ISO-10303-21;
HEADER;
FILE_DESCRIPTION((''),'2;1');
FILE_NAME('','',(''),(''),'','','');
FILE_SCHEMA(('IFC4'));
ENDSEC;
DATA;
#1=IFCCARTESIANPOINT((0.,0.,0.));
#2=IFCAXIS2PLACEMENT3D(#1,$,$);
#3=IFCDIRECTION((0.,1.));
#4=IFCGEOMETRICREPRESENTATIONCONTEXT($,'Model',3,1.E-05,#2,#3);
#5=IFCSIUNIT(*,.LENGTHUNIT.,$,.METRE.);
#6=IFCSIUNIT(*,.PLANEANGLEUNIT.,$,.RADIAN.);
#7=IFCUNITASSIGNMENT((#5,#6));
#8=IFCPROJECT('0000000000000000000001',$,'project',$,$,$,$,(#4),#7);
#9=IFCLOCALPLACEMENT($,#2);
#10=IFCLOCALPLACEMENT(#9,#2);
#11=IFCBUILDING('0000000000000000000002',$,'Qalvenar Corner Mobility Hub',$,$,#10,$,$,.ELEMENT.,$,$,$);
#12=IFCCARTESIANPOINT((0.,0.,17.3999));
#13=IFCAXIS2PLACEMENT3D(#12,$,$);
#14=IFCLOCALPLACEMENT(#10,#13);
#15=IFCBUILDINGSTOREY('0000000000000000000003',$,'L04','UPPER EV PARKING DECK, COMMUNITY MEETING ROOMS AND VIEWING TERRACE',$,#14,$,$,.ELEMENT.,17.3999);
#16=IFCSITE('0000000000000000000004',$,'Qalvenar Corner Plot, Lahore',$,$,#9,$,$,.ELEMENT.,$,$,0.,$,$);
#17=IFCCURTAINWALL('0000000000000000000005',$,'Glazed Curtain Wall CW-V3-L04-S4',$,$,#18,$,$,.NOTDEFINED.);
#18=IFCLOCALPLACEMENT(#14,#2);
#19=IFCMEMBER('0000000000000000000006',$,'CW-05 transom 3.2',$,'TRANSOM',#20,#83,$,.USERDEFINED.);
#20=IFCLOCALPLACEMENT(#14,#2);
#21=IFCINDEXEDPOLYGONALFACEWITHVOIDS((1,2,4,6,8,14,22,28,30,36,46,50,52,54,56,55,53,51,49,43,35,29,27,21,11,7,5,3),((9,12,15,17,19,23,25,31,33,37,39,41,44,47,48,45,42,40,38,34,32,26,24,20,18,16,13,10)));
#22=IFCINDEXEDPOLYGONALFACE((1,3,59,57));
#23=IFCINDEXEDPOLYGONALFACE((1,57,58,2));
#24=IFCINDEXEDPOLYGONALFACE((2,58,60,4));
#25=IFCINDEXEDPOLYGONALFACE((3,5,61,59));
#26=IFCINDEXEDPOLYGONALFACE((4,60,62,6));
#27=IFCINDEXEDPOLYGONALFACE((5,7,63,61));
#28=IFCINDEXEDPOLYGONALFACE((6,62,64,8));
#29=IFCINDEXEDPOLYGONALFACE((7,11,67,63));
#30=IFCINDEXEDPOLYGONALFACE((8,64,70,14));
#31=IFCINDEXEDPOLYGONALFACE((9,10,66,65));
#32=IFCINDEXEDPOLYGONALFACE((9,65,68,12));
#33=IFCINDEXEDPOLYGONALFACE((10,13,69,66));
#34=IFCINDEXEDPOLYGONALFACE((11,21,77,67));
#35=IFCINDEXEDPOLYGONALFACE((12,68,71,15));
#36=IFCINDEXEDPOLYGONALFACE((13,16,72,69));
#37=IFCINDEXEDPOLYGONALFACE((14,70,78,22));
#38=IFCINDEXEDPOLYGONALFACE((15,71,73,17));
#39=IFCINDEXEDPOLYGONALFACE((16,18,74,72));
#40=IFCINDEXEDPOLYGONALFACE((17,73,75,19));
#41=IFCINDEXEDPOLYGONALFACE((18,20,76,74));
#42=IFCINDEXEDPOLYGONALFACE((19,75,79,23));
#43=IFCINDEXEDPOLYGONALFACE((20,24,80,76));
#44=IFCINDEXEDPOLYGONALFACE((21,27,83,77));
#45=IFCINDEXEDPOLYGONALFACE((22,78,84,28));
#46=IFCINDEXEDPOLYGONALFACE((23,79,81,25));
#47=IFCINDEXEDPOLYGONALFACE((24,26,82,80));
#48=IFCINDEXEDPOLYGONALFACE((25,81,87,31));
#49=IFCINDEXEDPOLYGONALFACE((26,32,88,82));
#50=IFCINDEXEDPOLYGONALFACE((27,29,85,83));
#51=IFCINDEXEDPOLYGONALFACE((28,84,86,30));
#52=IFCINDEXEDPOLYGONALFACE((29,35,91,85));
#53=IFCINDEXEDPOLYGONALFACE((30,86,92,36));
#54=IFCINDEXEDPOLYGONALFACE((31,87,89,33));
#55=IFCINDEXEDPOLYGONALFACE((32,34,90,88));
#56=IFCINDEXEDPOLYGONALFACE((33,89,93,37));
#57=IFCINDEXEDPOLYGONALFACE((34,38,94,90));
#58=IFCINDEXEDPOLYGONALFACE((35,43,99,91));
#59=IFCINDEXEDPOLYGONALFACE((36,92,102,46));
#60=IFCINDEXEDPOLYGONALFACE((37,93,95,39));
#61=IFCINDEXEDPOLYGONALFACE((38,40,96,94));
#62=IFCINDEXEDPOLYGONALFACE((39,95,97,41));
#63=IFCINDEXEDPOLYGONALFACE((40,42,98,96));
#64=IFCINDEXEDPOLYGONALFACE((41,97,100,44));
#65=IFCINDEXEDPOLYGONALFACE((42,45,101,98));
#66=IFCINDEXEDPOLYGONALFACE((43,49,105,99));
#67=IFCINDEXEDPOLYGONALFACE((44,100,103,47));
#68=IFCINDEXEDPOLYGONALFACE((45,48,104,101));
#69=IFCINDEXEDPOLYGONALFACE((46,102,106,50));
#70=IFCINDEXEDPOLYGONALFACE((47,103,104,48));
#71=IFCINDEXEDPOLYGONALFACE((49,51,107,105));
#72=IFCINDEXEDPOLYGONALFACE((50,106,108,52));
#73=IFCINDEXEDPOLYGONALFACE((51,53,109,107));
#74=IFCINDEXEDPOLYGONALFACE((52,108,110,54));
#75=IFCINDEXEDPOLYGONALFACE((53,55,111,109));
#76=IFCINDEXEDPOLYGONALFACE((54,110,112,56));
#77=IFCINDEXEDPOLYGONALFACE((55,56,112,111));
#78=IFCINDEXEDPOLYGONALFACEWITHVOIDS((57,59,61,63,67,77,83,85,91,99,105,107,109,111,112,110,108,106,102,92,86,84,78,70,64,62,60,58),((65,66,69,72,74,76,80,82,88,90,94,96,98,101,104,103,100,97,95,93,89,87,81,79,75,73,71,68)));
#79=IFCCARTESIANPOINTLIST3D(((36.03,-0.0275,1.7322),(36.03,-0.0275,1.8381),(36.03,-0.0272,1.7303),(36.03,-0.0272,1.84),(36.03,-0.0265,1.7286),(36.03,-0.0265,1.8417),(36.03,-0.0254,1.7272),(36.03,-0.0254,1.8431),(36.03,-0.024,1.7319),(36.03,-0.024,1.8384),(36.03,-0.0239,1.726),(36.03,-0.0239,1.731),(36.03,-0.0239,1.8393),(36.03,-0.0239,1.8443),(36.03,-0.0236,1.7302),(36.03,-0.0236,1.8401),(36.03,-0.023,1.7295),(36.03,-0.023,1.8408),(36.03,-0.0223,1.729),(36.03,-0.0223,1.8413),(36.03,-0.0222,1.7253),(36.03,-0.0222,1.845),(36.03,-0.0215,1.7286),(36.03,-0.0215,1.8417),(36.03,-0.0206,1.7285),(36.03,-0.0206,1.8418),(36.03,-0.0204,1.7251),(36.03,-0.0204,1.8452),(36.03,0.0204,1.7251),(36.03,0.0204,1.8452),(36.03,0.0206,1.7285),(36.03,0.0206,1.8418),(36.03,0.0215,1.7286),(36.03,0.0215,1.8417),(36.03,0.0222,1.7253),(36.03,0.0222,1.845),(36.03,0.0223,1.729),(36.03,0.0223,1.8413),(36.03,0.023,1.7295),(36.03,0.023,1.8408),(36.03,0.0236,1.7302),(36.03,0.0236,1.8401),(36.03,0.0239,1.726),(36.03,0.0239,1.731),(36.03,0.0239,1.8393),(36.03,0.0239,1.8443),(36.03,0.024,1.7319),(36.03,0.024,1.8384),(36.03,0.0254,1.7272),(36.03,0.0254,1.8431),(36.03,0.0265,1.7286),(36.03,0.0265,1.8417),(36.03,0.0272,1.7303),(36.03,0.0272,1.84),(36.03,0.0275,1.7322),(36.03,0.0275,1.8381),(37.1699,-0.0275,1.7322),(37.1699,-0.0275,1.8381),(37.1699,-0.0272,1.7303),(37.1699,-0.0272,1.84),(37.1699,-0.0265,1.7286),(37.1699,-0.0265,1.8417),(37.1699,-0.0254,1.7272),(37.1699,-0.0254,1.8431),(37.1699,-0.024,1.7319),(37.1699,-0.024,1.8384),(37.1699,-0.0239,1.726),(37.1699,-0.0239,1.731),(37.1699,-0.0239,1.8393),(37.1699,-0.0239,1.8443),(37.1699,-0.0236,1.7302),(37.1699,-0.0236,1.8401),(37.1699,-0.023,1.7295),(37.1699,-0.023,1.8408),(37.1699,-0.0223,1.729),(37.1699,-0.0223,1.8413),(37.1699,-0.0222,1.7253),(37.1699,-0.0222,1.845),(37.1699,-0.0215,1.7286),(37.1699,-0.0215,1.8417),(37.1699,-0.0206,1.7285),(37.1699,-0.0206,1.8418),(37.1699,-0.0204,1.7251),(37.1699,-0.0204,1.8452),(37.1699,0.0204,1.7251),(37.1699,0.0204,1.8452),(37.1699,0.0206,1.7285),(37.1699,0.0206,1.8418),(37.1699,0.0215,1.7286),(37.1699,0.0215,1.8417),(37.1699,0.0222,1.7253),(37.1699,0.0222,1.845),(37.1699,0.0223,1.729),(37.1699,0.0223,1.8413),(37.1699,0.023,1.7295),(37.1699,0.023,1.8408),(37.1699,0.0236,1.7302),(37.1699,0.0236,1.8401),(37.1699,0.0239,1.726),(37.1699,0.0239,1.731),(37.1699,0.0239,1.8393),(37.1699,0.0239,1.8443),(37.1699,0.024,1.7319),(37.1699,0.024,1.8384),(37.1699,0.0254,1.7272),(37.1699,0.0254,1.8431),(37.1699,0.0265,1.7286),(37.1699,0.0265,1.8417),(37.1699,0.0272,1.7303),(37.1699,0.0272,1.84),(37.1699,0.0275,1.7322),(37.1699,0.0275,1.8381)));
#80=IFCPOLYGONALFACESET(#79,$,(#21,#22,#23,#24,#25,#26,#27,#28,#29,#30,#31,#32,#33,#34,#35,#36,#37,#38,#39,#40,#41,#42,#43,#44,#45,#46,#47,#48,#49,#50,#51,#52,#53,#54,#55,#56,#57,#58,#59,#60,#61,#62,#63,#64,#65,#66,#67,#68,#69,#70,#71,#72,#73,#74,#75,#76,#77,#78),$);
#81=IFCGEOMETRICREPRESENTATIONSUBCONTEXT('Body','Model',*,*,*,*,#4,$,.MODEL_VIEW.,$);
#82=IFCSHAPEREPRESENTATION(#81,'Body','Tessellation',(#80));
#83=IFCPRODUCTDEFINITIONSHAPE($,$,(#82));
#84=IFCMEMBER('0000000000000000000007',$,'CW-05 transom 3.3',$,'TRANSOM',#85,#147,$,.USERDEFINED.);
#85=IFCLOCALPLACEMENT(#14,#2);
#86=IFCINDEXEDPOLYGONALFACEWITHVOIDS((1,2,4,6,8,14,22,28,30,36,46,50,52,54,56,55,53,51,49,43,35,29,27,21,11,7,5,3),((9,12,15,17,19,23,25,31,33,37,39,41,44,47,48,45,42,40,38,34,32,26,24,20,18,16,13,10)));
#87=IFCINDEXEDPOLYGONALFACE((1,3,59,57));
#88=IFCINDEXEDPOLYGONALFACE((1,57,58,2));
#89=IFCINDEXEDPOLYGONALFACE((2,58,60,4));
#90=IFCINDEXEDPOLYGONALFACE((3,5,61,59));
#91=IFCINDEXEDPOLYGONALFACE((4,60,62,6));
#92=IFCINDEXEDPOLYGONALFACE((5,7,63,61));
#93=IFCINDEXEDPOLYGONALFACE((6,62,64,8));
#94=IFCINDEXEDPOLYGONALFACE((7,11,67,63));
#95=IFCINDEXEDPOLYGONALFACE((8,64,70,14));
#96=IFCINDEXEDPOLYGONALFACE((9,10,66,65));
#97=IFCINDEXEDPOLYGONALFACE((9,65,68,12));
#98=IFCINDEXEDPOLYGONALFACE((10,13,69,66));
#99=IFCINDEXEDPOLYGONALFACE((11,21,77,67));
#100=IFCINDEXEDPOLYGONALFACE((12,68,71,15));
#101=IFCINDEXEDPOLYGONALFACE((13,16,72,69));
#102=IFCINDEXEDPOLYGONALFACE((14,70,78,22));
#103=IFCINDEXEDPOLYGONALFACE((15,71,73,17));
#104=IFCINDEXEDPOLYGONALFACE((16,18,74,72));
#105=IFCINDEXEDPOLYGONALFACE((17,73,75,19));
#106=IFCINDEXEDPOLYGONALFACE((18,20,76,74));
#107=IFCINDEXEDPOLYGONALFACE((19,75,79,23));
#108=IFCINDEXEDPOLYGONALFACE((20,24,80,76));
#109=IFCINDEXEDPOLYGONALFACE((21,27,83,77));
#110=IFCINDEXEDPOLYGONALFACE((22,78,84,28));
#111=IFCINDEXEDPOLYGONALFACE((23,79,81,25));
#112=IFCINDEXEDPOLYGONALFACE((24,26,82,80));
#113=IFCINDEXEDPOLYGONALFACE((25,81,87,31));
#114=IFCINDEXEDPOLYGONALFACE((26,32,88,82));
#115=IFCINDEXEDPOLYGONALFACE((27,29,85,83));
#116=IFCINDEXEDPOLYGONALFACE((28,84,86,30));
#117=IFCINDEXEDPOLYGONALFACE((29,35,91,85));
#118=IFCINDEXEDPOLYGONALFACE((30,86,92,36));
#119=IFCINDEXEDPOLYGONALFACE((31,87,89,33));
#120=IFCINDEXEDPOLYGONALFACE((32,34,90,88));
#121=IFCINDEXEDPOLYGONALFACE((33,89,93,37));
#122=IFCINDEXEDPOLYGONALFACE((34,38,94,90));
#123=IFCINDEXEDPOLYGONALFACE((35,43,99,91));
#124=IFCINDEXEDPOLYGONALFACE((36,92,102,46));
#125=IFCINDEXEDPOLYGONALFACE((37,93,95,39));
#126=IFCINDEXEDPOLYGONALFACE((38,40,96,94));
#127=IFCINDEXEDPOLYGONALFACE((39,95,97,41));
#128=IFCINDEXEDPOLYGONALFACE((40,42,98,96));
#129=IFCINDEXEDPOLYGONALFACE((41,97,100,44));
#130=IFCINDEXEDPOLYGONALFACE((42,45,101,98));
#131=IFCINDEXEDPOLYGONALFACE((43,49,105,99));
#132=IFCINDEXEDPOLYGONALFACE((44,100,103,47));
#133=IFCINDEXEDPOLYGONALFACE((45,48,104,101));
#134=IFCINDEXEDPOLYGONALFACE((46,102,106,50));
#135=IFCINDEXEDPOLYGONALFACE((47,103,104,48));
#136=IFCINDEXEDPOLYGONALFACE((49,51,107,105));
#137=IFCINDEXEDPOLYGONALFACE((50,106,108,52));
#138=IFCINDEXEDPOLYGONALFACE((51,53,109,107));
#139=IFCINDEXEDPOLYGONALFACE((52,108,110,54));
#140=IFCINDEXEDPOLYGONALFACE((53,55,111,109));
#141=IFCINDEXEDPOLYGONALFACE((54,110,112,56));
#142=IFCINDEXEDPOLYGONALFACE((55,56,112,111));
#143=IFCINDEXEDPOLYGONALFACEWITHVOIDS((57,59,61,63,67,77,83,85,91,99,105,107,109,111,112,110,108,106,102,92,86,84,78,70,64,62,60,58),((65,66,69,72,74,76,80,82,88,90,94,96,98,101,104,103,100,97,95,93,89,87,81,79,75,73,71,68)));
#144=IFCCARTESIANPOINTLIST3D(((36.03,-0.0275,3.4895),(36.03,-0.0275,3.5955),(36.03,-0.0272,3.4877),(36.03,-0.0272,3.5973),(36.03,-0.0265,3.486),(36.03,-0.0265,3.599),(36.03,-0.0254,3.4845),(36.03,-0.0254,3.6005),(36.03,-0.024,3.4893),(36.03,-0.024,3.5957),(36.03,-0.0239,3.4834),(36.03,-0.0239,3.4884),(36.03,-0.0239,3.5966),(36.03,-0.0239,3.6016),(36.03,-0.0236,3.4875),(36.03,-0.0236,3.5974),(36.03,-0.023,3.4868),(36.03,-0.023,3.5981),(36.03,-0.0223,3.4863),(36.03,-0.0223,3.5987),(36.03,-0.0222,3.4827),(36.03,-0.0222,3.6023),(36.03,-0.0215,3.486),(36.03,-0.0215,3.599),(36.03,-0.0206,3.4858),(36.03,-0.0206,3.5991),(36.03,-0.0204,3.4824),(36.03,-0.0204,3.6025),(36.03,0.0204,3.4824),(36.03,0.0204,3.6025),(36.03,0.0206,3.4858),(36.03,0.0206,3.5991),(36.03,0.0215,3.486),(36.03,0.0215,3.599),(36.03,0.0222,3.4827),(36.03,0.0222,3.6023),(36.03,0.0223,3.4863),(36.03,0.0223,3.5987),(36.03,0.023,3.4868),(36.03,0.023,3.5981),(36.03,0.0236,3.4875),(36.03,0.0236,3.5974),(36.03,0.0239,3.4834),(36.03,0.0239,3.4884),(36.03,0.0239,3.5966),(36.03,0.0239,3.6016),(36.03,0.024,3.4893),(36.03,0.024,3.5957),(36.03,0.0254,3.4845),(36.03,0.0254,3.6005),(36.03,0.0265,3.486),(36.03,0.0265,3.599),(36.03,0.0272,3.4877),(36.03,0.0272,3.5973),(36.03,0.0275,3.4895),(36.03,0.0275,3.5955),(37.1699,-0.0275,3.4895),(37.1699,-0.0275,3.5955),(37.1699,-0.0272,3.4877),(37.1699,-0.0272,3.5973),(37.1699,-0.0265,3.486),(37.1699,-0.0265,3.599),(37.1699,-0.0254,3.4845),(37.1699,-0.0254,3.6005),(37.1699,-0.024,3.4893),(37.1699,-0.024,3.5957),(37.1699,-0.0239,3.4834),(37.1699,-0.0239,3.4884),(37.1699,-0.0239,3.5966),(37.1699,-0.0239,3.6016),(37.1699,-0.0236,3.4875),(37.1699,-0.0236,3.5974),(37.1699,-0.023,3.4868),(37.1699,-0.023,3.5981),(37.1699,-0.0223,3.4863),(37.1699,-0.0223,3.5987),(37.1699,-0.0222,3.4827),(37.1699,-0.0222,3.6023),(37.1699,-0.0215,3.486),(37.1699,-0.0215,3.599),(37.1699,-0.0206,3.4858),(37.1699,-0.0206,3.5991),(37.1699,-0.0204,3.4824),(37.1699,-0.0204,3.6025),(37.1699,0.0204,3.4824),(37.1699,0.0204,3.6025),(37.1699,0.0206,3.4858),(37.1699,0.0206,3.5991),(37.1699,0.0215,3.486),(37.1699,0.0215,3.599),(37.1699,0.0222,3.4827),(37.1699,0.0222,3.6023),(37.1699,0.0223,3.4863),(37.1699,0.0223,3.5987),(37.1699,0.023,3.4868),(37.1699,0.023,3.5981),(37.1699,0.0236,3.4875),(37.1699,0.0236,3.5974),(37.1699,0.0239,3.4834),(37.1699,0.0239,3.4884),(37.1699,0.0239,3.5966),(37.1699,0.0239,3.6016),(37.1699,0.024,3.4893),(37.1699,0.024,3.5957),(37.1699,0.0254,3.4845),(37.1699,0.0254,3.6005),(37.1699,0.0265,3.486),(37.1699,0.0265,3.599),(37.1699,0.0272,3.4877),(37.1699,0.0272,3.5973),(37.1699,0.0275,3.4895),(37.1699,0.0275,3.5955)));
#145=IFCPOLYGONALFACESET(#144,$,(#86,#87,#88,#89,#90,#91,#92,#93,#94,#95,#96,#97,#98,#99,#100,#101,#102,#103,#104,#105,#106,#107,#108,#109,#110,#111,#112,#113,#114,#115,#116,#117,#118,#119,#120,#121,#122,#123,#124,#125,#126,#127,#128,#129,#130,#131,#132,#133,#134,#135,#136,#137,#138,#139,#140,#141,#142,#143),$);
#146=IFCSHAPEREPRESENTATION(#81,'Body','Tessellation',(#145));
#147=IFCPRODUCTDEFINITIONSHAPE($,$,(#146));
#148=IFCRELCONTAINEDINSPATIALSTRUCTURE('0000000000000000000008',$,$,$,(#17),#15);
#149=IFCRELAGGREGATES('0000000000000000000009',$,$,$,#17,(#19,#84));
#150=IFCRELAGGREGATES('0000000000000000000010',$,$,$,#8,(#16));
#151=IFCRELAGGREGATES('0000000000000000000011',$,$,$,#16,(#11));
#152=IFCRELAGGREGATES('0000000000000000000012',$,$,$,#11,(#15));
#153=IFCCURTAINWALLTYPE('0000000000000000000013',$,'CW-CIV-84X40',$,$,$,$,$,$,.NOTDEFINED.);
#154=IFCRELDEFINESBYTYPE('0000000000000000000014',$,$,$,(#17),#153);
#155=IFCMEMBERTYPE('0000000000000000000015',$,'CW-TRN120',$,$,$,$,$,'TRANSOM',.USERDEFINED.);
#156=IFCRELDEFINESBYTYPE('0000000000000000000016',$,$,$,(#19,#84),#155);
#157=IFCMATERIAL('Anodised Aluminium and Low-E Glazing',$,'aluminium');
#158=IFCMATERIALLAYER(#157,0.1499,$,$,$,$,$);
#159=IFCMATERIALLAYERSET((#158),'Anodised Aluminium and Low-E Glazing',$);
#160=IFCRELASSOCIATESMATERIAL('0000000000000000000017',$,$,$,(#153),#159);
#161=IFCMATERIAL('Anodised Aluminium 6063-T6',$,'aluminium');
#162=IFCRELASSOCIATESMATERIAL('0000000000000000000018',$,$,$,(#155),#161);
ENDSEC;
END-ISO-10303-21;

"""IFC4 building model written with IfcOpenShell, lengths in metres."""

from ifc_helpers import new_model, si_unit, direction, frame, origin, origin_2d, place, context, subcontext, project, spatial, hollow_rectangle, extrude, material, layer, layer_set, material_profile, profile_set, type_object, element, aggregate, save


model = new_model("IFC4")

# Units and contexts
model_context = context("Model", 3, precision=1e-05, world=origin(), true_north=direction((0.0, 1.0)))
body_context = subcontext(model_context, "Body", "Model", "MODEL_VIEW")
ifc_project = project(units=[si_unit("LENGTHUNIT", "METRE"), si_unit("PLANEANGLEUNIT", "RADIAN")], contexts=[model_context])

# Site, building, storey
site_placement = place(None, origin())
site = spatial("IfcSite", under=ifc_project, at=site_placement, Name="Qalvenar Corner Plot, Lahore", CompositionType="ELEMENT", RefElevation=0.0)
building_placement = place(site_placement, origin())
building = spatial("IfcBuilding", under=site, at=building_placement, Name="Qalvenar Corner Mobility Hub", CompositionType="ELEMENT")
storey_placement = place(building_placement, frame((0.0, 0.0, 17.3999)))
storey = spatial("IfcBuildingStorey", under=building, at=storey_placement, Name="L04", Description="UPPER EV PARKING DECK, COMMUNITY MEETING ROOMS AND VIEWING TERRACE", CompositionType="ELEMENT", Elevation=17.3999)

# Curtain wall, members
ifc_material_1 = material(Name="Anodised Aluminium and Low-E Glazing", Category="aluminium")
ifc_layer_1 = layer(ifc_material_1, 0.1499)
ifc_layer_set_1 = layer_set([ifc_layer_1], Name="Anodised Aluminium and Low-E Glazing")
curtain_wall_type = type_object("IfcCurtainWallType", Name="CW-CIV-84X40", PredefinedType="NOTDEFINED", material=ifc_layer_set_1)
curtain_wall_placement = place(storey_placement, origin())
curtain_wall = element("IfcCurtainWall", 1, at=curtain_wall_placement, inside=storey, type_object=curtain_wall_type, Name="Glazed Curtain Wall CW-V3-L04-S4", PredefinedType="NOTDEFINED")
ifc_material_2 = material(Name="Anodised Aluminium 6063-T6", Category="aluminium")
ifc_material_profile_1 = material_profile(ifc_material_2, hollow_rectangle(XDim=0.0549, YDim=0.1201, WallThickness=0.0034, InnerFilletRadius=0.0034, OuterFilletRadius=0.0071, at=origin_2d()), Name="RHS120x55x3.5")
ifc_profile_set_1 = profile_set([ifc_material_profile_1], Name="Anodised Aluminium 6063-T6")
member_type_1 = type_object("IfcMemberType", Name="CW-TRN120", ElementType="TRANSOM", PredefinedType="USERDEFINED", material=ifc_profile_set_1)
member_1_placement = place(storey_placement, frame((36.03, 0.0, 1.7852), z_axis=(1.0, 0.0, 0.0), x_axis=(0.0, 1.0, 0.0)))
member_1 = element("IfcMember", 2, at=member_1_placement, type_object=member_type_1, Name="CW-05 transom 3.2", ObjectType="TRANSOM", PredefinedType="USERDEFINED", context=body_context, shape_type="SweptSolid", body=[
    extrude(hollow_rectangle(XDim=0.0549, YDim=0.1201, WallThickness=0.0034, InnerFilletRadius=0.0034, OuterFilletRadius=0.0071, at=origin_2d()), origin(), (0.0, 0.0, 1.0), 1.1399),
])
member_2_placement = place(storey_placement, frame((36.03, 0.0, 3.5425), z_axis=(1.0, 0.0, 0.0), x_axis=(0.0, 1.0, 0.0)))
member_2 = element("IfcMember", 3, at=member_2_placement, type_object=member_type_1, Name="CW-05 transom 3.3", ObjectType="TRANSOM", PredefinedType="USERDEFINED", context=body_context, shape_type="SweptSolid", body=[
    extrude(hollow_rectangle(XDim=0.0549, YDim=0.1201, WallThickness=0.0034, InnerFilletRadius=0.0034, OuterFilletRadius=0.0071, at=origin_2d()), origin(), (0.0, 0.0, 1.0), 1.1399),
])
aggregate(curtain_wall, [member_1, member_2])

save(model, "model.ifc")
